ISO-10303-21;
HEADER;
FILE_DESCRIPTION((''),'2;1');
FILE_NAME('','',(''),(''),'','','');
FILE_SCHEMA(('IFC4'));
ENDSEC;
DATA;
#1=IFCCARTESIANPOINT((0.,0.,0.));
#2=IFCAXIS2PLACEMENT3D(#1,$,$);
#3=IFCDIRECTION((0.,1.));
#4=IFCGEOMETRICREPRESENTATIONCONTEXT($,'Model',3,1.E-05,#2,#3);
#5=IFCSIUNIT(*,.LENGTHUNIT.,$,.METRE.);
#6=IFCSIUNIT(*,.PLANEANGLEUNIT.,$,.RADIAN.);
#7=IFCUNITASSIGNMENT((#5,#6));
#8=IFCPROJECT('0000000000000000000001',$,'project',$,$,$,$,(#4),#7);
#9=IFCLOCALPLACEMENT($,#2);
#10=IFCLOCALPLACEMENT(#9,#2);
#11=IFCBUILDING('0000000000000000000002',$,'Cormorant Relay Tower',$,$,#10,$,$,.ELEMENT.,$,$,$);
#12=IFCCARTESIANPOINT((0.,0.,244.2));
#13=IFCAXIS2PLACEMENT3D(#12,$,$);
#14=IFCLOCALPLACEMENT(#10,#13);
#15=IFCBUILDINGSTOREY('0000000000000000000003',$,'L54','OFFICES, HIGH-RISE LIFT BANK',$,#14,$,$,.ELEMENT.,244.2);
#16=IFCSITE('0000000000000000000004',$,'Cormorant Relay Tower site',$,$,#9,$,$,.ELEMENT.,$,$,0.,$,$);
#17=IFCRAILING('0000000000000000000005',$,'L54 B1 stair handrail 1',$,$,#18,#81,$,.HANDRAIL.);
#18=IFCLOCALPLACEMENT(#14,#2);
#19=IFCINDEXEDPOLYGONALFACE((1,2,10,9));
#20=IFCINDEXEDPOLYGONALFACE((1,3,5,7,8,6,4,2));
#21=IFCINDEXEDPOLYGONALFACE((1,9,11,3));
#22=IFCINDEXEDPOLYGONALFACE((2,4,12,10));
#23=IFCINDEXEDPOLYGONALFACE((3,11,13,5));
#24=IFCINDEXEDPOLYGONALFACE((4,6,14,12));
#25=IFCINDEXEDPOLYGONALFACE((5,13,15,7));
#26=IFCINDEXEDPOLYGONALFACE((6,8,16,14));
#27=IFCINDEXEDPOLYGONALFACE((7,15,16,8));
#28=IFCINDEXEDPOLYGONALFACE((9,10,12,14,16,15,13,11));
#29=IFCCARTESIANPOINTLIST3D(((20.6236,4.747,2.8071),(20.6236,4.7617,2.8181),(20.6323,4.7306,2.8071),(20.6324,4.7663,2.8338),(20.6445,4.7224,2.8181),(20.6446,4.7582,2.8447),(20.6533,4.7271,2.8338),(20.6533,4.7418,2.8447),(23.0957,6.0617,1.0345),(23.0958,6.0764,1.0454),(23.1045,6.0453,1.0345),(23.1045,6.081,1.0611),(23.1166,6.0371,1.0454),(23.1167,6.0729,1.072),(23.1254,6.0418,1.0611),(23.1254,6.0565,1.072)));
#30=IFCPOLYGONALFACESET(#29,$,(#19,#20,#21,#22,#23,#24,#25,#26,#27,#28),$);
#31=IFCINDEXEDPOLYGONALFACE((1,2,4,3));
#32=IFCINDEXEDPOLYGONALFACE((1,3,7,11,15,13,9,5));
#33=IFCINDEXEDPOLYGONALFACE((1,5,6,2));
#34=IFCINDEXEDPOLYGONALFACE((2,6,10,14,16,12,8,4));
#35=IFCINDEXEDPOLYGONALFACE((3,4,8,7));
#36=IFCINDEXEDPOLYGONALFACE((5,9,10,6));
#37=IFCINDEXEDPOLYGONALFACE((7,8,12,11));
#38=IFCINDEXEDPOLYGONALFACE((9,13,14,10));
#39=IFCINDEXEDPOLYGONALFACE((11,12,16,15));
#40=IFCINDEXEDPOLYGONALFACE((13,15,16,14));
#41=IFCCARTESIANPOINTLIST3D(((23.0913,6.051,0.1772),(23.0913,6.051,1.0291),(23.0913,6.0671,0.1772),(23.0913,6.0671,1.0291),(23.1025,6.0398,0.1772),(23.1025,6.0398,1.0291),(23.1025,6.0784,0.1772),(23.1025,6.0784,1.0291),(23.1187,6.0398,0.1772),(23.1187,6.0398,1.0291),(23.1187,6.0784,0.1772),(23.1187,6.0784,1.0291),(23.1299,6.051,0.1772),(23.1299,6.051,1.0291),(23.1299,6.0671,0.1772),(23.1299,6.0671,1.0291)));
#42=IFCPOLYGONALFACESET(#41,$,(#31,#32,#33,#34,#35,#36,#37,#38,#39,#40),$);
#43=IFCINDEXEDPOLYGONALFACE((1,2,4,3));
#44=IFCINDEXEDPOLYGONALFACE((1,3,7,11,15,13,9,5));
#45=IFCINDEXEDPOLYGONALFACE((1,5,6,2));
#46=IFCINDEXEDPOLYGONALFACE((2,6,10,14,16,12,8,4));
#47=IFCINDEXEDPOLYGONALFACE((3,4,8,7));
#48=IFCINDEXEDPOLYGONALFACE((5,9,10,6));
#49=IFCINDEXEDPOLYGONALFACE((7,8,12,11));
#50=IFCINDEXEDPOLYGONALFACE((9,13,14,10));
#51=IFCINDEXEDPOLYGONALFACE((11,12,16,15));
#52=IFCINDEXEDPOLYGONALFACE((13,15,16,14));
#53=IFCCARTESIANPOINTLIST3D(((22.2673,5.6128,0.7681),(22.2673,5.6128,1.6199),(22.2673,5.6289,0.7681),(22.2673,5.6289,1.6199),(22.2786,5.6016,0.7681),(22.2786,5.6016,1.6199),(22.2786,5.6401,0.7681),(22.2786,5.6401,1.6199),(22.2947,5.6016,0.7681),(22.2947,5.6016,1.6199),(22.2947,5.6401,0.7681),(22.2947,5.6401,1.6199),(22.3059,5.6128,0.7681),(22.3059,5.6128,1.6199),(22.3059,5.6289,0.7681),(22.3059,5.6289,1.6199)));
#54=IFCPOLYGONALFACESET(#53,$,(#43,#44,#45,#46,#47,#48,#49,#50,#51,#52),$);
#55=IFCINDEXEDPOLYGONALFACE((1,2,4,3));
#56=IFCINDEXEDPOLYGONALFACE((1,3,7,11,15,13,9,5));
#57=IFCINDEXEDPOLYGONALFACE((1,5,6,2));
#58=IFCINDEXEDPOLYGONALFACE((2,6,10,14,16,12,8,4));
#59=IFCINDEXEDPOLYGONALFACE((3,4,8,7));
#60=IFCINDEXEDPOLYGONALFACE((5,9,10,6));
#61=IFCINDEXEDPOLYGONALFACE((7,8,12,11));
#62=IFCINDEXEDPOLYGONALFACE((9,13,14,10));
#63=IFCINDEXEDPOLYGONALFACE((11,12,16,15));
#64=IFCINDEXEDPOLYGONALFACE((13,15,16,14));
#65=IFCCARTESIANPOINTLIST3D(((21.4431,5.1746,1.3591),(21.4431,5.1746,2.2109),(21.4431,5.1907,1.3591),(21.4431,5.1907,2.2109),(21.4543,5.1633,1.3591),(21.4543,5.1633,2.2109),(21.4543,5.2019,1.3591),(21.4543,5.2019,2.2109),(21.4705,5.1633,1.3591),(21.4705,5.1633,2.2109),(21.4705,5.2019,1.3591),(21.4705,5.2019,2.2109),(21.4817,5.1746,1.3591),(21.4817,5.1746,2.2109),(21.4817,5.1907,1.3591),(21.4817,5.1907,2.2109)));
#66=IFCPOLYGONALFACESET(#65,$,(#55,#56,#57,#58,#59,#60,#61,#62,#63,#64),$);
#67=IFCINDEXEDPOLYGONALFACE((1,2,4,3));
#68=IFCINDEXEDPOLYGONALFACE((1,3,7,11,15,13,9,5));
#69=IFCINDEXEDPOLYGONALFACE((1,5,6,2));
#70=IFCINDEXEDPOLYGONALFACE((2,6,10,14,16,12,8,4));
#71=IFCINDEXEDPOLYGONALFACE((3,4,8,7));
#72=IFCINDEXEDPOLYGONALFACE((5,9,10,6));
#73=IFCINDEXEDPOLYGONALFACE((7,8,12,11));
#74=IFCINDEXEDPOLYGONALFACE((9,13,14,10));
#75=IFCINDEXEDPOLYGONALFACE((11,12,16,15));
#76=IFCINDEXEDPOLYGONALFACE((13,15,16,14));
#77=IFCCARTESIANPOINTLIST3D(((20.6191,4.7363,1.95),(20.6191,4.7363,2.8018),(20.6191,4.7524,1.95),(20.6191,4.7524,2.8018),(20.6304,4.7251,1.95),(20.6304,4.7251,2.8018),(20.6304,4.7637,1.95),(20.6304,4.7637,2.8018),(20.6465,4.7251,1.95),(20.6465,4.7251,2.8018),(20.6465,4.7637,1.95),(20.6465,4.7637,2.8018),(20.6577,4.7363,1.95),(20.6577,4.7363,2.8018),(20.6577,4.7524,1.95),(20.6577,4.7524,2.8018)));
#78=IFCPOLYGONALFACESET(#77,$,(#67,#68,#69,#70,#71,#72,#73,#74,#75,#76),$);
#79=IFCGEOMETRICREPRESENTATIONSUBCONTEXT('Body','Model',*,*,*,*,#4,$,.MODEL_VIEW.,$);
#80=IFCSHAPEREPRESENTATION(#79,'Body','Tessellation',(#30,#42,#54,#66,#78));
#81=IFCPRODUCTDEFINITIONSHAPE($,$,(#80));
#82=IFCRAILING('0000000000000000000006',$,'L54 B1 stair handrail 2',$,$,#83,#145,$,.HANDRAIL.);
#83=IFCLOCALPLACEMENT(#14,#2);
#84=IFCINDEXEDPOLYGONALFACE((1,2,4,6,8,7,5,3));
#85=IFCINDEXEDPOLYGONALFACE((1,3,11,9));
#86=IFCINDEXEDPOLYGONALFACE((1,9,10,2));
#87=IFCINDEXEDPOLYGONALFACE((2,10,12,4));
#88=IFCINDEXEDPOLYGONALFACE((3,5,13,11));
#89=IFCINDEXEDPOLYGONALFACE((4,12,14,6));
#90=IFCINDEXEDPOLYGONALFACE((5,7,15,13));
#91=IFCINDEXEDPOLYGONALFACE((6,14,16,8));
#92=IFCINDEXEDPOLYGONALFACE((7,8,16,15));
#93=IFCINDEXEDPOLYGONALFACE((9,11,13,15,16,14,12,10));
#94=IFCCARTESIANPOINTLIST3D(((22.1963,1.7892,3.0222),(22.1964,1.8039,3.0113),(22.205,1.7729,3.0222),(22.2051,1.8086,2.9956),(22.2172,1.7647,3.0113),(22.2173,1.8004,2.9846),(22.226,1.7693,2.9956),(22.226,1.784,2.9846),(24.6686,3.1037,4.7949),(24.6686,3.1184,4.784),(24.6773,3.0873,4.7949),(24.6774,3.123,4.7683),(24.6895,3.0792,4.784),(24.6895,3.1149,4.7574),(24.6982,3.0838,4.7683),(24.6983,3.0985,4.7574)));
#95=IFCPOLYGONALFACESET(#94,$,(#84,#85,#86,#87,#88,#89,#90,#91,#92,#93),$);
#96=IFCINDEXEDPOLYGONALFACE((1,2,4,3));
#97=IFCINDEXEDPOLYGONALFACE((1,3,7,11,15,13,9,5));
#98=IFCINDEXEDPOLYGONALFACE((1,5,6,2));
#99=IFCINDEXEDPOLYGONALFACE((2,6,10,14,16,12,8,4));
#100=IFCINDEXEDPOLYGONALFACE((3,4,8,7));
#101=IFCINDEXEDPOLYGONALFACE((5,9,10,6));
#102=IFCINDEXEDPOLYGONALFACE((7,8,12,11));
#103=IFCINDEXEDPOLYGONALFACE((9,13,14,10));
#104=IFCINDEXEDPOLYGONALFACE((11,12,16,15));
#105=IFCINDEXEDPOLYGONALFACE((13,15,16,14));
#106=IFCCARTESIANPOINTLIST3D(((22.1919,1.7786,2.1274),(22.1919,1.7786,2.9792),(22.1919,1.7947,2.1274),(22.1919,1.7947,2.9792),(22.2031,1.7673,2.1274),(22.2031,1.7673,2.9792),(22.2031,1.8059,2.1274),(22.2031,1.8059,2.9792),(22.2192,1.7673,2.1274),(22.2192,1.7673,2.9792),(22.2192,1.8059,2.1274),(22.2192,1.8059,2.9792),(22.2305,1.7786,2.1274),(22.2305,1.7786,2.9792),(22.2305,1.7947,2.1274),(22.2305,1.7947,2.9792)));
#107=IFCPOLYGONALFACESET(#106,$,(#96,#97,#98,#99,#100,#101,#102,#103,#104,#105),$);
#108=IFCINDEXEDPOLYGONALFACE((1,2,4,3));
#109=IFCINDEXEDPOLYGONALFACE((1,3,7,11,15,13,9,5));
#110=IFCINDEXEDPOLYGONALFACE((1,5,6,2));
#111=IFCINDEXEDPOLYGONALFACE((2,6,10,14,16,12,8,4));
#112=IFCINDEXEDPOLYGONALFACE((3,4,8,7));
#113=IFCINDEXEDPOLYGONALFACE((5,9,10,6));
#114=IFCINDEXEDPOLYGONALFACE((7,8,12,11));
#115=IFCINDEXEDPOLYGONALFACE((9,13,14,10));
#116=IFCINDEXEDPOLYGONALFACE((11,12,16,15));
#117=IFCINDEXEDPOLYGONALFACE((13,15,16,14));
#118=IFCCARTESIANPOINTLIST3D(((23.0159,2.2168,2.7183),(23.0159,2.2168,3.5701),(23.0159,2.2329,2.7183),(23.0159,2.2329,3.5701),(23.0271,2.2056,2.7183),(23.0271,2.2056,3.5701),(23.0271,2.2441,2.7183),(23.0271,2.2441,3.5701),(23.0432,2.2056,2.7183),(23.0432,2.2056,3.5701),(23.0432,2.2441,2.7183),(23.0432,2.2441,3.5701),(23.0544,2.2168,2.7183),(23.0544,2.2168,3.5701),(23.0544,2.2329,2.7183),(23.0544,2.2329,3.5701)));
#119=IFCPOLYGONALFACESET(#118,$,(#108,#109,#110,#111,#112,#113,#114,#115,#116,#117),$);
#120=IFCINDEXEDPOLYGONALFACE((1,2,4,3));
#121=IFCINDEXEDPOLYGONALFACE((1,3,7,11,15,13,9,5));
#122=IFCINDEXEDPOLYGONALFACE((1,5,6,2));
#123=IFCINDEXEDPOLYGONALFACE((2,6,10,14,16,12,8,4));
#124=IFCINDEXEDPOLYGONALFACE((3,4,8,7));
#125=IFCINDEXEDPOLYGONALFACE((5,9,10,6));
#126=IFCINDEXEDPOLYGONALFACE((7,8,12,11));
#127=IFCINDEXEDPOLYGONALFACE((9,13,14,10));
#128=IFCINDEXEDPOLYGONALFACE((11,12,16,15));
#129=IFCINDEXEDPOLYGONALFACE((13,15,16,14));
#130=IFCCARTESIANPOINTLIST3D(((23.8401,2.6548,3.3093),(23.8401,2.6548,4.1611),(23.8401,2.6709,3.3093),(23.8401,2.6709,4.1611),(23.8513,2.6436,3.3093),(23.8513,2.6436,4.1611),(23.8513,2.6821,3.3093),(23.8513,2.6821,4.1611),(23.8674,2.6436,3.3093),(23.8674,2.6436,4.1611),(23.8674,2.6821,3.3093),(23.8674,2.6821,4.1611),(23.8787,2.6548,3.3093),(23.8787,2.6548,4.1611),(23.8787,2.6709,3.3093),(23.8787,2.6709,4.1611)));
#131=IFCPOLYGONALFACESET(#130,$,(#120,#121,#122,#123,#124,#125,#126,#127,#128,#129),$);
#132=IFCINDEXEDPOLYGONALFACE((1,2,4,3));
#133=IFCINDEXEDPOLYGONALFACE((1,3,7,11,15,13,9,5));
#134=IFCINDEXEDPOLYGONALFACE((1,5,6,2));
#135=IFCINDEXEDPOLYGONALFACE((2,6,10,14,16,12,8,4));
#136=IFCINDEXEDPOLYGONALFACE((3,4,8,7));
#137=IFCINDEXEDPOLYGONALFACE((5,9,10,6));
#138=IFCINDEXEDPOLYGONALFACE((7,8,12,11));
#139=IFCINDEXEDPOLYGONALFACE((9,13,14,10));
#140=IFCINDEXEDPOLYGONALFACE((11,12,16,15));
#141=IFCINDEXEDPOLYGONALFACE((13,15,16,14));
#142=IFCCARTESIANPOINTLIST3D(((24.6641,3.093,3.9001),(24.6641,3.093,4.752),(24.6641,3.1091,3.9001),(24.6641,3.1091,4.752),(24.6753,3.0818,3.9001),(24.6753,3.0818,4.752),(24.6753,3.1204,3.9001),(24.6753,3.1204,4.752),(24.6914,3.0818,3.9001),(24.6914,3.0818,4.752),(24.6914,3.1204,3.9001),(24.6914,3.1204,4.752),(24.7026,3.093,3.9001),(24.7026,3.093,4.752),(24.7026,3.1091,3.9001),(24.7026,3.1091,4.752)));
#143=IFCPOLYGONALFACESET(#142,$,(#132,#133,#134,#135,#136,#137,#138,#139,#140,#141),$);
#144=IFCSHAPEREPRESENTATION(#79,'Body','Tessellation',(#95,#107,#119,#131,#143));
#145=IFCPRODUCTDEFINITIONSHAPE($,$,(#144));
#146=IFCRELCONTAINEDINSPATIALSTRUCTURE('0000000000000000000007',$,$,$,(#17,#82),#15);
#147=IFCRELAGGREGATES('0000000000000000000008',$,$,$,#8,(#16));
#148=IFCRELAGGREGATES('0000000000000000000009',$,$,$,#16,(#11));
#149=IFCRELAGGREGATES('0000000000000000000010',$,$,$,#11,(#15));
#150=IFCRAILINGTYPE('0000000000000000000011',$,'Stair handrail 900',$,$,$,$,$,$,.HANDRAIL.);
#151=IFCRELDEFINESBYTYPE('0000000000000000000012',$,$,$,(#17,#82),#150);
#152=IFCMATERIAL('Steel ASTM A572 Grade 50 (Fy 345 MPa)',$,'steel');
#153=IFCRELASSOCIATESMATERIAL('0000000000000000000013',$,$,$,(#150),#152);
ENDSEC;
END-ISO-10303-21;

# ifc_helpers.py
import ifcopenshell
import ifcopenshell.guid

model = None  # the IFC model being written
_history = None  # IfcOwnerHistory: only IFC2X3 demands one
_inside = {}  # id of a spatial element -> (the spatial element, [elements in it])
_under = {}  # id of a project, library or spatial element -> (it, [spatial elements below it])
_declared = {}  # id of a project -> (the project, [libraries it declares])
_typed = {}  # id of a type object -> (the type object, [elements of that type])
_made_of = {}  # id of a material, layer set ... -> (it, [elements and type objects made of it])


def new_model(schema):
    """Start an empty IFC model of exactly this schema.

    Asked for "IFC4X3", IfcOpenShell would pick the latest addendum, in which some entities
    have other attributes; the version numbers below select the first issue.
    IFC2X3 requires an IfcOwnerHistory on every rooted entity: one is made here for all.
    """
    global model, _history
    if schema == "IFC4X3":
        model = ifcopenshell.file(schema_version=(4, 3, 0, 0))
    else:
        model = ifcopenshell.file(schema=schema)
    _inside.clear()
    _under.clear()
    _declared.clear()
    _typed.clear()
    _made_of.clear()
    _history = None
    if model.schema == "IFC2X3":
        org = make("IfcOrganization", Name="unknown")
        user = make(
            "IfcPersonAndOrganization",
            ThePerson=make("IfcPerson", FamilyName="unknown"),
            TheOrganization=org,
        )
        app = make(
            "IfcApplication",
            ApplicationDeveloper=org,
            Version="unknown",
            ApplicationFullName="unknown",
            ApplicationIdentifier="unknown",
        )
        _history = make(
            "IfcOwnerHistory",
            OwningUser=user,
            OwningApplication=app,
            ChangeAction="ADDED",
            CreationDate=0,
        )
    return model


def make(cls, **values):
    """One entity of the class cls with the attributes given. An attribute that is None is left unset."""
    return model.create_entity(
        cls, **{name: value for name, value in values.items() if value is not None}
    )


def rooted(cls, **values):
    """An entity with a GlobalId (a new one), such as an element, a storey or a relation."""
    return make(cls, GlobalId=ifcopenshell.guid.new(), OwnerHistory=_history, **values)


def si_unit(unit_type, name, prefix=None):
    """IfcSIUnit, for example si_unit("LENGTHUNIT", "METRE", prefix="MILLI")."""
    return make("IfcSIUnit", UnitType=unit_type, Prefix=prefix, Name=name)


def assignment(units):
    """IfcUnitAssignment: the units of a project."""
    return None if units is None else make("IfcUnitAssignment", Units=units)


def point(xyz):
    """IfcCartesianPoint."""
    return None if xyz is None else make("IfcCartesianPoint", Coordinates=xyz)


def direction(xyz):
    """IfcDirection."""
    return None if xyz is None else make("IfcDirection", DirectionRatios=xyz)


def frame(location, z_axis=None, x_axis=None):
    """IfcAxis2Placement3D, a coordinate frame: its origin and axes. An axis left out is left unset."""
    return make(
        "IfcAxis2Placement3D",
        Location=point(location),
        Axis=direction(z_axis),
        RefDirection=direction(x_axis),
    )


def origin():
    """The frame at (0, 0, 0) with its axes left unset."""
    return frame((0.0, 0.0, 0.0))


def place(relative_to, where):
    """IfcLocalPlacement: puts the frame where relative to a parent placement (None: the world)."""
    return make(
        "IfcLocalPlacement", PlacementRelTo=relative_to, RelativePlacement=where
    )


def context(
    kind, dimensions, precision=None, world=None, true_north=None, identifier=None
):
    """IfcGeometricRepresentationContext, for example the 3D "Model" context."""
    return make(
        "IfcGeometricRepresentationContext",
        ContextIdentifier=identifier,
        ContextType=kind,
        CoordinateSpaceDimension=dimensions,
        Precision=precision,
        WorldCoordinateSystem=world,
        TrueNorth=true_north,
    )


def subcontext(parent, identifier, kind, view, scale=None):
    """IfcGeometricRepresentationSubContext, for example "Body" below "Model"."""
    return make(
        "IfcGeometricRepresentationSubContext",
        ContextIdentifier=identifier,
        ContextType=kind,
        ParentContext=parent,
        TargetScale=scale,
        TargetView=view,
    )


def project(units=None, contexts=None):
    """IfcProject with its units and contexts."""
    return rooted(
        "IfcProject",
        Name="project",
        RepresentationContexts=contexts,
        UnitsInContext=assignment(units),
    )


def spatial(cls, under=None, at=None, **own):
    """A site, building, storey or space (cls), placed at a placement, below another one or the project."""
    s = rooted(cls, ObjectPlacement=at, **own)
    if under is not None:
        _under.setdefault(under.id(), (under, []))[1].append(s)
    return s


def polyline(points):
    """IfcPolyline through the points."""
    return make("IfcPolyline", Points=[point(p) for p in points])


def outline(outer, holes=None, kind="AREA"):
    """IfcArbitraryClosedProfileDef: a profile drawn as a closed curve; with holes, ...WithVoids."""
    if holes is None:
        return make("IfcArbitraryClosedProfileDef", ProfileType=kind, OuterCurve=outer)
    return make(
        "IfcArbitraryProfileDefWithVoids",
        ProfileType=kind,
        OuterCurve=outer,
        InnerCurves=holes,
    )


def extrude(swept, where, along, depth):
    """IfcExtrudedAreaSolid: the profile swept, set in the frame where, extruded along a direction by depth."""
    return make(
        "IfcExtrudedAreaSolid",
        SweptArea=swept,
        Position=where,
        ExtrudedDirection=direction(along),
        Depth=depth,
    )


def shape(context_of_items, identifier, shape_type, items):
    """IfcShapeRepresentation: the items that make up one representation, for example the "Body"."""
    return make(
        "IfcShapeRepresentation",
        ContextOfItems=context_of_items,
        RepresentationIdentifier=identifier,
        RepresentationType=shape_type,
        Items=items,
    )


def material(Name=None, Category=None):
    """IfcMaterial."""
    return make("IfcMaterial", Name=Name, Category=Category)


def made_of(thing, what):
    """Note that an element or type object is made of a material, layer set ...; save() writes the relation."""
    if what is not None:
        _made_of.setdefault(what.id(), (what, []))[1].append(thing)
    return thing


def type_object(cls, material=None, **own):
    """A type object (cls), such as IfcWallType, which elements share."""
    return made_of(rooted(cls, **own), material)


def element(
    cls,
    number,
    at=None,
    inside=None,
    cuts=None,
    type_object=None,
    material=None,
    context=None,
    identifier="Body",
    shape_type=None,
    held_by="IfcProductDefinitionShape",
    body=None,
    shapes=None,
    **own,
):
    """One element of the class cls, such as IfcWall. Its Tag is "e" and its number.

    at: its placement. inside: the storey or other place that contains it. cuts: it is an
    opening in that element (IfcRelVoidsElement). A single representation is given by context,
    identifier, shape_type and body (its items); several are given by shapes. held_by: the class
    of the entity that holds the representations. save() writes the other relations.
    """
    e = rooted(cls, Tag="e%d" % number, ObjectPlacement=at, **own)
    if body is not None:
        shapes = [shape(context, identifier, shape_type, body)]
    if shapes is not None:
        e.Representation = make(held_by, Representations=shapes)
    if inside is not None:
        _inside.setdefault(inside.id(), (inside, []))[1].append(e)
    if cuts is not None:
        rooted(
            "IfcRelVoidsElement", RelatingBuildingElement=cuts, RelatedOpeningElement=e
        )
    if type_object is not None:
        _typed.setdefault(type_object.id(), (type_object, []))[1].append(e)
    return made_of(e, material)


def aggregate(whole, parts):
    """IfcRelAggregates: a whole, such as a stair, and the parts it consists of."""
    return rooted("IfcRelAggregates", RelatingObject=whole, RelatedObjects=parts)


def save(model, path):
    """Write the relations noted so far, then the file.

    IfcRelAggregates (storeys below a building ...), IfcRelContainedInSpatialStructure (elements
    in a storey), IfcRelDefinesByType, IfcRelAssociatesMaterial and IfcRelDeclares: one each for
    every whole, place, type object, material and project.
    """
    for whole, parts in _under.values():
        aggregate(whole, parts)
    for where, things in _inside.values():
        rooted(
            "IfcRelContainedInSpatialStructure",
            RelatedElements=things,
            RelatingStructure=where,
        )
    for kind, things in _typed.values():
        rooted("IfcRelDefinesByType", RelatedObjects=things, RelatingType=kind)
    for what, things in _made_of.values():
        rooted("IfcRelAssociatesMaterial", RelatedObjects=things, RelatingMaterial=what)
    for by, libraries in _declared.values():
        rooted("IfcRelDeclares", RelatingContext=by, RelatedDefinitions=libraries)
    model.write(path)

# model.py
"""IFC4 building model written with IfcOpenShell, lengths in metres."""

from ifc_helpers import new_model, si_unit, direction, frame, origin, place, context, subcontext, project, spatial, polyline, outline, extrude, material, type_object, element, save


model = new_model("IFC4")

# Units and contexts
model_context = context("Model", 3, precision=1e-05, world=origin(), true_north=direction((0.0, 1.0)))
body_context = subcontext(model_context, "Body", "Model", "MODEL_VIEW")
ifc_project = project(units=[si_unit("LENGTHUNIT", "METRE"), si_unit("PLANEANGLEUNIT", "RADIAN")], contexts=[model_context])

# Site, building, storey
site_placement = place(None, origin())
site = spatial("IfcSite", under=ifc_project, at=site_placement, Name="Cormorant Relay Tower site", CompositionType="ELEMENT", RefElevation=0.0)
building_placement = place(site_placement, origin())
building = spatial("IfcBuilding", under=site, at=building_placement, Name="Cormorant Relay Tower", CompositionType="ELEMENT")
storey_placement = place(building_placement, frame((0.0, 0.0, 244.2)))
storey = spatial("IfcBuildingStorey", under=building, at=storey_placement, Name="L54", Description="OFFICES, HIGH-RISE LIFT BANK", CompositionType="ELEMENT", Elevation=244.2)

# Railings
ifc_material_1 = material(Name="Steel ASTM A572 Grade 50 (Fy 345 MPa)", Category="steel")
railing_type_1 = type_object("IfcRailingType", Name="Stair handrail 900", PredefinedType="HANDRAIL", material=ifc_material_1)
railing_1_placement = place(storey_placement, frame((23.1106, 6.0591, 0.1772)))
element("IfcRailing", 1, at=railing_1_placement, inside=storey, type_object=railing_type_1, Name="L54 B1 stair handrail 1", PredefinedType="HANDRAIL", context=body_context, shape_type="SweptSolid", body=[
    extrude(outline(polyline([(0.0222, 0.0093), (0.0093, 0.0222), (-0.0093, 0.0222), (-0.0222, 0.0093), (-0.0222, -0.0093), (-0.0093, -0.0222), (0.0093, -0.0222), (0.0222, -0.0093), (0.0222, 0.0093)])), frame((0.0, 0.0, 0.876), z_axis=(-0.745979, -0.396711, 0.534916), x_axis=(0.469533, -0.882915, 0.0)), (0.0, 0.0, 1.0), 3.314),
    extrude(outline(polyline([(0.0193, 0.0081), (0.0081, 0.0193), (-0.0081, 0.0193), (-0.0193, 0.0081), (-0.0193, -0.0081), (-0.0081, -0.0193), (0.0081, -0.0193), (0.0193, -0.0081), (0.0193, 0.0081)])), origin(), (0.0, 0.0, 1.0), 0.8518),
    extrude(outline(polyline([(0.0193, 0.0081), (0.0081, 0.0193), (-0.0081, 0.0193), (-0.0193, 0.0081), (-0.0193, -0.0081), (-0.0081, -0.0193), (0.0081, -0.0193), (0.0193, -0.0081), (0.0193, 0.0081)])), frame((-0.824, -0.4382, 0.5908)), (0.0, 0.0, 1.0), 0.8518),
    extrude(outline(polyline([(0.0193, 0.0081), (0.0081, 0.0193), (-0.0081, 0.0193), (-0.0193, 0.0081), (-0.0193, -0.0081), (-0.0081, -0.0193), (0.0081, -0.0193), (0.0193, -0.0081), (0.0193, 0.0081)])), frame((-1.6482, -0.8765, 1.1819)), (0.0, 0.0, 1.0), 0.8518),
    extrude(outline(polyline([(0.0193, 0.0081), (0.0081, 0.0193), (-0.0081, 0.0193), (-0.0193, 0.0081), (-0.0193, -0.0081), (-0.0081, -0.0193), (0.0081, -0.0193), (0.0193, -0.0081), (0.0193, 0.0081)])), frame((-2.4722, -1.3147, 1.7727)), (0.0, 0.0, 1.0), 0.8518),
])
railing_2_placement = place(storey_placement, frame((22.2112, 1.7866, 2.1274)))
element("IfcRailing", 2, at=railing_2_placement, inside=storey, type_object=railing_type_1, Name="L54 B1 stair handrail 2", PredefinedType="HANDRAIL", context=body_context, shape_type="SweptSolid", body=[
    extrude(outline(polyline([(0.0222, 0.0093), (0.0093, 0.0222), (-0.0093, 0.0222), (-0.0222, 0.0093), (-0.0222, -0.0093), (-0.0093, -0.0222), (0.0093, -0.0222), (0.0222, -0.0093), (0.0222, 0.0093)])), frame((0.0, 0.0, 0.876), z_axis=(0.746001, 0.396649, 0.534931), x_axis=(-0.469465, 0.882951, 0.0)), (0.0, 0.0, 1.0), 3.314),
    extrude(outline(polyline([(0.0193, 0.0081), (0.0081, 0.0193), (-0.0081, 0.0193), (-0.0193, 0.0081), (-0.0193, -0.0081), (-0.0081, -0.0193), (0.0081, -0.0193), (0.0193, -0.0081), (0.0193, 0.0081)])), origin(), (0.0, 0.0, 1.0), 0.8518),
    extrude(outline(polyline([(0.0193, 0.0081), (0.0081, 0.0193), (-0.0081, 0.0193), (-0.0193, 0.0081), (-0.0193, -0.0081), (-0.0081, -0.0193), (0.0081, -0.0193), (0.0193, -0.0081), (0.0193, 0.0081)])), frame((0.824, 0.4382, 0.5908)), (0.0, 0.0, 1.0), 0.8518),
    extrude(outline(polyline([(0.0193, 0.0081), (0.0081, 0.0193), (-0.0081, 0.0193), (-0.0193, 0.0081), (-0.0193, -0.0081), (-0.0081, -0.0193), (0.0081, -0.0193), (0.0193, -0.0081), (0.0193, 0.0081)])), frame((1.6482, 0.8762, 1.1819)), (0.0, 0.0, 1.0), 0.8518),
    extrude(outline(polyline([(0.0193, 0.0081), (0.0081, 0.0193), (-0.0081, 0.0193), (-0.0193, 0.0081), (-0.0193, -0.0081), (-0.0081, -0.0193), (0.0081, -0.0193), (0.0193, -0.0081), (0.0193, 0.0081)])), frame((2.4722, 1.3145, 1.7727)), (0.0, 0.0, 1.0), 0.8518),
])

save(model, "model.ifc")
